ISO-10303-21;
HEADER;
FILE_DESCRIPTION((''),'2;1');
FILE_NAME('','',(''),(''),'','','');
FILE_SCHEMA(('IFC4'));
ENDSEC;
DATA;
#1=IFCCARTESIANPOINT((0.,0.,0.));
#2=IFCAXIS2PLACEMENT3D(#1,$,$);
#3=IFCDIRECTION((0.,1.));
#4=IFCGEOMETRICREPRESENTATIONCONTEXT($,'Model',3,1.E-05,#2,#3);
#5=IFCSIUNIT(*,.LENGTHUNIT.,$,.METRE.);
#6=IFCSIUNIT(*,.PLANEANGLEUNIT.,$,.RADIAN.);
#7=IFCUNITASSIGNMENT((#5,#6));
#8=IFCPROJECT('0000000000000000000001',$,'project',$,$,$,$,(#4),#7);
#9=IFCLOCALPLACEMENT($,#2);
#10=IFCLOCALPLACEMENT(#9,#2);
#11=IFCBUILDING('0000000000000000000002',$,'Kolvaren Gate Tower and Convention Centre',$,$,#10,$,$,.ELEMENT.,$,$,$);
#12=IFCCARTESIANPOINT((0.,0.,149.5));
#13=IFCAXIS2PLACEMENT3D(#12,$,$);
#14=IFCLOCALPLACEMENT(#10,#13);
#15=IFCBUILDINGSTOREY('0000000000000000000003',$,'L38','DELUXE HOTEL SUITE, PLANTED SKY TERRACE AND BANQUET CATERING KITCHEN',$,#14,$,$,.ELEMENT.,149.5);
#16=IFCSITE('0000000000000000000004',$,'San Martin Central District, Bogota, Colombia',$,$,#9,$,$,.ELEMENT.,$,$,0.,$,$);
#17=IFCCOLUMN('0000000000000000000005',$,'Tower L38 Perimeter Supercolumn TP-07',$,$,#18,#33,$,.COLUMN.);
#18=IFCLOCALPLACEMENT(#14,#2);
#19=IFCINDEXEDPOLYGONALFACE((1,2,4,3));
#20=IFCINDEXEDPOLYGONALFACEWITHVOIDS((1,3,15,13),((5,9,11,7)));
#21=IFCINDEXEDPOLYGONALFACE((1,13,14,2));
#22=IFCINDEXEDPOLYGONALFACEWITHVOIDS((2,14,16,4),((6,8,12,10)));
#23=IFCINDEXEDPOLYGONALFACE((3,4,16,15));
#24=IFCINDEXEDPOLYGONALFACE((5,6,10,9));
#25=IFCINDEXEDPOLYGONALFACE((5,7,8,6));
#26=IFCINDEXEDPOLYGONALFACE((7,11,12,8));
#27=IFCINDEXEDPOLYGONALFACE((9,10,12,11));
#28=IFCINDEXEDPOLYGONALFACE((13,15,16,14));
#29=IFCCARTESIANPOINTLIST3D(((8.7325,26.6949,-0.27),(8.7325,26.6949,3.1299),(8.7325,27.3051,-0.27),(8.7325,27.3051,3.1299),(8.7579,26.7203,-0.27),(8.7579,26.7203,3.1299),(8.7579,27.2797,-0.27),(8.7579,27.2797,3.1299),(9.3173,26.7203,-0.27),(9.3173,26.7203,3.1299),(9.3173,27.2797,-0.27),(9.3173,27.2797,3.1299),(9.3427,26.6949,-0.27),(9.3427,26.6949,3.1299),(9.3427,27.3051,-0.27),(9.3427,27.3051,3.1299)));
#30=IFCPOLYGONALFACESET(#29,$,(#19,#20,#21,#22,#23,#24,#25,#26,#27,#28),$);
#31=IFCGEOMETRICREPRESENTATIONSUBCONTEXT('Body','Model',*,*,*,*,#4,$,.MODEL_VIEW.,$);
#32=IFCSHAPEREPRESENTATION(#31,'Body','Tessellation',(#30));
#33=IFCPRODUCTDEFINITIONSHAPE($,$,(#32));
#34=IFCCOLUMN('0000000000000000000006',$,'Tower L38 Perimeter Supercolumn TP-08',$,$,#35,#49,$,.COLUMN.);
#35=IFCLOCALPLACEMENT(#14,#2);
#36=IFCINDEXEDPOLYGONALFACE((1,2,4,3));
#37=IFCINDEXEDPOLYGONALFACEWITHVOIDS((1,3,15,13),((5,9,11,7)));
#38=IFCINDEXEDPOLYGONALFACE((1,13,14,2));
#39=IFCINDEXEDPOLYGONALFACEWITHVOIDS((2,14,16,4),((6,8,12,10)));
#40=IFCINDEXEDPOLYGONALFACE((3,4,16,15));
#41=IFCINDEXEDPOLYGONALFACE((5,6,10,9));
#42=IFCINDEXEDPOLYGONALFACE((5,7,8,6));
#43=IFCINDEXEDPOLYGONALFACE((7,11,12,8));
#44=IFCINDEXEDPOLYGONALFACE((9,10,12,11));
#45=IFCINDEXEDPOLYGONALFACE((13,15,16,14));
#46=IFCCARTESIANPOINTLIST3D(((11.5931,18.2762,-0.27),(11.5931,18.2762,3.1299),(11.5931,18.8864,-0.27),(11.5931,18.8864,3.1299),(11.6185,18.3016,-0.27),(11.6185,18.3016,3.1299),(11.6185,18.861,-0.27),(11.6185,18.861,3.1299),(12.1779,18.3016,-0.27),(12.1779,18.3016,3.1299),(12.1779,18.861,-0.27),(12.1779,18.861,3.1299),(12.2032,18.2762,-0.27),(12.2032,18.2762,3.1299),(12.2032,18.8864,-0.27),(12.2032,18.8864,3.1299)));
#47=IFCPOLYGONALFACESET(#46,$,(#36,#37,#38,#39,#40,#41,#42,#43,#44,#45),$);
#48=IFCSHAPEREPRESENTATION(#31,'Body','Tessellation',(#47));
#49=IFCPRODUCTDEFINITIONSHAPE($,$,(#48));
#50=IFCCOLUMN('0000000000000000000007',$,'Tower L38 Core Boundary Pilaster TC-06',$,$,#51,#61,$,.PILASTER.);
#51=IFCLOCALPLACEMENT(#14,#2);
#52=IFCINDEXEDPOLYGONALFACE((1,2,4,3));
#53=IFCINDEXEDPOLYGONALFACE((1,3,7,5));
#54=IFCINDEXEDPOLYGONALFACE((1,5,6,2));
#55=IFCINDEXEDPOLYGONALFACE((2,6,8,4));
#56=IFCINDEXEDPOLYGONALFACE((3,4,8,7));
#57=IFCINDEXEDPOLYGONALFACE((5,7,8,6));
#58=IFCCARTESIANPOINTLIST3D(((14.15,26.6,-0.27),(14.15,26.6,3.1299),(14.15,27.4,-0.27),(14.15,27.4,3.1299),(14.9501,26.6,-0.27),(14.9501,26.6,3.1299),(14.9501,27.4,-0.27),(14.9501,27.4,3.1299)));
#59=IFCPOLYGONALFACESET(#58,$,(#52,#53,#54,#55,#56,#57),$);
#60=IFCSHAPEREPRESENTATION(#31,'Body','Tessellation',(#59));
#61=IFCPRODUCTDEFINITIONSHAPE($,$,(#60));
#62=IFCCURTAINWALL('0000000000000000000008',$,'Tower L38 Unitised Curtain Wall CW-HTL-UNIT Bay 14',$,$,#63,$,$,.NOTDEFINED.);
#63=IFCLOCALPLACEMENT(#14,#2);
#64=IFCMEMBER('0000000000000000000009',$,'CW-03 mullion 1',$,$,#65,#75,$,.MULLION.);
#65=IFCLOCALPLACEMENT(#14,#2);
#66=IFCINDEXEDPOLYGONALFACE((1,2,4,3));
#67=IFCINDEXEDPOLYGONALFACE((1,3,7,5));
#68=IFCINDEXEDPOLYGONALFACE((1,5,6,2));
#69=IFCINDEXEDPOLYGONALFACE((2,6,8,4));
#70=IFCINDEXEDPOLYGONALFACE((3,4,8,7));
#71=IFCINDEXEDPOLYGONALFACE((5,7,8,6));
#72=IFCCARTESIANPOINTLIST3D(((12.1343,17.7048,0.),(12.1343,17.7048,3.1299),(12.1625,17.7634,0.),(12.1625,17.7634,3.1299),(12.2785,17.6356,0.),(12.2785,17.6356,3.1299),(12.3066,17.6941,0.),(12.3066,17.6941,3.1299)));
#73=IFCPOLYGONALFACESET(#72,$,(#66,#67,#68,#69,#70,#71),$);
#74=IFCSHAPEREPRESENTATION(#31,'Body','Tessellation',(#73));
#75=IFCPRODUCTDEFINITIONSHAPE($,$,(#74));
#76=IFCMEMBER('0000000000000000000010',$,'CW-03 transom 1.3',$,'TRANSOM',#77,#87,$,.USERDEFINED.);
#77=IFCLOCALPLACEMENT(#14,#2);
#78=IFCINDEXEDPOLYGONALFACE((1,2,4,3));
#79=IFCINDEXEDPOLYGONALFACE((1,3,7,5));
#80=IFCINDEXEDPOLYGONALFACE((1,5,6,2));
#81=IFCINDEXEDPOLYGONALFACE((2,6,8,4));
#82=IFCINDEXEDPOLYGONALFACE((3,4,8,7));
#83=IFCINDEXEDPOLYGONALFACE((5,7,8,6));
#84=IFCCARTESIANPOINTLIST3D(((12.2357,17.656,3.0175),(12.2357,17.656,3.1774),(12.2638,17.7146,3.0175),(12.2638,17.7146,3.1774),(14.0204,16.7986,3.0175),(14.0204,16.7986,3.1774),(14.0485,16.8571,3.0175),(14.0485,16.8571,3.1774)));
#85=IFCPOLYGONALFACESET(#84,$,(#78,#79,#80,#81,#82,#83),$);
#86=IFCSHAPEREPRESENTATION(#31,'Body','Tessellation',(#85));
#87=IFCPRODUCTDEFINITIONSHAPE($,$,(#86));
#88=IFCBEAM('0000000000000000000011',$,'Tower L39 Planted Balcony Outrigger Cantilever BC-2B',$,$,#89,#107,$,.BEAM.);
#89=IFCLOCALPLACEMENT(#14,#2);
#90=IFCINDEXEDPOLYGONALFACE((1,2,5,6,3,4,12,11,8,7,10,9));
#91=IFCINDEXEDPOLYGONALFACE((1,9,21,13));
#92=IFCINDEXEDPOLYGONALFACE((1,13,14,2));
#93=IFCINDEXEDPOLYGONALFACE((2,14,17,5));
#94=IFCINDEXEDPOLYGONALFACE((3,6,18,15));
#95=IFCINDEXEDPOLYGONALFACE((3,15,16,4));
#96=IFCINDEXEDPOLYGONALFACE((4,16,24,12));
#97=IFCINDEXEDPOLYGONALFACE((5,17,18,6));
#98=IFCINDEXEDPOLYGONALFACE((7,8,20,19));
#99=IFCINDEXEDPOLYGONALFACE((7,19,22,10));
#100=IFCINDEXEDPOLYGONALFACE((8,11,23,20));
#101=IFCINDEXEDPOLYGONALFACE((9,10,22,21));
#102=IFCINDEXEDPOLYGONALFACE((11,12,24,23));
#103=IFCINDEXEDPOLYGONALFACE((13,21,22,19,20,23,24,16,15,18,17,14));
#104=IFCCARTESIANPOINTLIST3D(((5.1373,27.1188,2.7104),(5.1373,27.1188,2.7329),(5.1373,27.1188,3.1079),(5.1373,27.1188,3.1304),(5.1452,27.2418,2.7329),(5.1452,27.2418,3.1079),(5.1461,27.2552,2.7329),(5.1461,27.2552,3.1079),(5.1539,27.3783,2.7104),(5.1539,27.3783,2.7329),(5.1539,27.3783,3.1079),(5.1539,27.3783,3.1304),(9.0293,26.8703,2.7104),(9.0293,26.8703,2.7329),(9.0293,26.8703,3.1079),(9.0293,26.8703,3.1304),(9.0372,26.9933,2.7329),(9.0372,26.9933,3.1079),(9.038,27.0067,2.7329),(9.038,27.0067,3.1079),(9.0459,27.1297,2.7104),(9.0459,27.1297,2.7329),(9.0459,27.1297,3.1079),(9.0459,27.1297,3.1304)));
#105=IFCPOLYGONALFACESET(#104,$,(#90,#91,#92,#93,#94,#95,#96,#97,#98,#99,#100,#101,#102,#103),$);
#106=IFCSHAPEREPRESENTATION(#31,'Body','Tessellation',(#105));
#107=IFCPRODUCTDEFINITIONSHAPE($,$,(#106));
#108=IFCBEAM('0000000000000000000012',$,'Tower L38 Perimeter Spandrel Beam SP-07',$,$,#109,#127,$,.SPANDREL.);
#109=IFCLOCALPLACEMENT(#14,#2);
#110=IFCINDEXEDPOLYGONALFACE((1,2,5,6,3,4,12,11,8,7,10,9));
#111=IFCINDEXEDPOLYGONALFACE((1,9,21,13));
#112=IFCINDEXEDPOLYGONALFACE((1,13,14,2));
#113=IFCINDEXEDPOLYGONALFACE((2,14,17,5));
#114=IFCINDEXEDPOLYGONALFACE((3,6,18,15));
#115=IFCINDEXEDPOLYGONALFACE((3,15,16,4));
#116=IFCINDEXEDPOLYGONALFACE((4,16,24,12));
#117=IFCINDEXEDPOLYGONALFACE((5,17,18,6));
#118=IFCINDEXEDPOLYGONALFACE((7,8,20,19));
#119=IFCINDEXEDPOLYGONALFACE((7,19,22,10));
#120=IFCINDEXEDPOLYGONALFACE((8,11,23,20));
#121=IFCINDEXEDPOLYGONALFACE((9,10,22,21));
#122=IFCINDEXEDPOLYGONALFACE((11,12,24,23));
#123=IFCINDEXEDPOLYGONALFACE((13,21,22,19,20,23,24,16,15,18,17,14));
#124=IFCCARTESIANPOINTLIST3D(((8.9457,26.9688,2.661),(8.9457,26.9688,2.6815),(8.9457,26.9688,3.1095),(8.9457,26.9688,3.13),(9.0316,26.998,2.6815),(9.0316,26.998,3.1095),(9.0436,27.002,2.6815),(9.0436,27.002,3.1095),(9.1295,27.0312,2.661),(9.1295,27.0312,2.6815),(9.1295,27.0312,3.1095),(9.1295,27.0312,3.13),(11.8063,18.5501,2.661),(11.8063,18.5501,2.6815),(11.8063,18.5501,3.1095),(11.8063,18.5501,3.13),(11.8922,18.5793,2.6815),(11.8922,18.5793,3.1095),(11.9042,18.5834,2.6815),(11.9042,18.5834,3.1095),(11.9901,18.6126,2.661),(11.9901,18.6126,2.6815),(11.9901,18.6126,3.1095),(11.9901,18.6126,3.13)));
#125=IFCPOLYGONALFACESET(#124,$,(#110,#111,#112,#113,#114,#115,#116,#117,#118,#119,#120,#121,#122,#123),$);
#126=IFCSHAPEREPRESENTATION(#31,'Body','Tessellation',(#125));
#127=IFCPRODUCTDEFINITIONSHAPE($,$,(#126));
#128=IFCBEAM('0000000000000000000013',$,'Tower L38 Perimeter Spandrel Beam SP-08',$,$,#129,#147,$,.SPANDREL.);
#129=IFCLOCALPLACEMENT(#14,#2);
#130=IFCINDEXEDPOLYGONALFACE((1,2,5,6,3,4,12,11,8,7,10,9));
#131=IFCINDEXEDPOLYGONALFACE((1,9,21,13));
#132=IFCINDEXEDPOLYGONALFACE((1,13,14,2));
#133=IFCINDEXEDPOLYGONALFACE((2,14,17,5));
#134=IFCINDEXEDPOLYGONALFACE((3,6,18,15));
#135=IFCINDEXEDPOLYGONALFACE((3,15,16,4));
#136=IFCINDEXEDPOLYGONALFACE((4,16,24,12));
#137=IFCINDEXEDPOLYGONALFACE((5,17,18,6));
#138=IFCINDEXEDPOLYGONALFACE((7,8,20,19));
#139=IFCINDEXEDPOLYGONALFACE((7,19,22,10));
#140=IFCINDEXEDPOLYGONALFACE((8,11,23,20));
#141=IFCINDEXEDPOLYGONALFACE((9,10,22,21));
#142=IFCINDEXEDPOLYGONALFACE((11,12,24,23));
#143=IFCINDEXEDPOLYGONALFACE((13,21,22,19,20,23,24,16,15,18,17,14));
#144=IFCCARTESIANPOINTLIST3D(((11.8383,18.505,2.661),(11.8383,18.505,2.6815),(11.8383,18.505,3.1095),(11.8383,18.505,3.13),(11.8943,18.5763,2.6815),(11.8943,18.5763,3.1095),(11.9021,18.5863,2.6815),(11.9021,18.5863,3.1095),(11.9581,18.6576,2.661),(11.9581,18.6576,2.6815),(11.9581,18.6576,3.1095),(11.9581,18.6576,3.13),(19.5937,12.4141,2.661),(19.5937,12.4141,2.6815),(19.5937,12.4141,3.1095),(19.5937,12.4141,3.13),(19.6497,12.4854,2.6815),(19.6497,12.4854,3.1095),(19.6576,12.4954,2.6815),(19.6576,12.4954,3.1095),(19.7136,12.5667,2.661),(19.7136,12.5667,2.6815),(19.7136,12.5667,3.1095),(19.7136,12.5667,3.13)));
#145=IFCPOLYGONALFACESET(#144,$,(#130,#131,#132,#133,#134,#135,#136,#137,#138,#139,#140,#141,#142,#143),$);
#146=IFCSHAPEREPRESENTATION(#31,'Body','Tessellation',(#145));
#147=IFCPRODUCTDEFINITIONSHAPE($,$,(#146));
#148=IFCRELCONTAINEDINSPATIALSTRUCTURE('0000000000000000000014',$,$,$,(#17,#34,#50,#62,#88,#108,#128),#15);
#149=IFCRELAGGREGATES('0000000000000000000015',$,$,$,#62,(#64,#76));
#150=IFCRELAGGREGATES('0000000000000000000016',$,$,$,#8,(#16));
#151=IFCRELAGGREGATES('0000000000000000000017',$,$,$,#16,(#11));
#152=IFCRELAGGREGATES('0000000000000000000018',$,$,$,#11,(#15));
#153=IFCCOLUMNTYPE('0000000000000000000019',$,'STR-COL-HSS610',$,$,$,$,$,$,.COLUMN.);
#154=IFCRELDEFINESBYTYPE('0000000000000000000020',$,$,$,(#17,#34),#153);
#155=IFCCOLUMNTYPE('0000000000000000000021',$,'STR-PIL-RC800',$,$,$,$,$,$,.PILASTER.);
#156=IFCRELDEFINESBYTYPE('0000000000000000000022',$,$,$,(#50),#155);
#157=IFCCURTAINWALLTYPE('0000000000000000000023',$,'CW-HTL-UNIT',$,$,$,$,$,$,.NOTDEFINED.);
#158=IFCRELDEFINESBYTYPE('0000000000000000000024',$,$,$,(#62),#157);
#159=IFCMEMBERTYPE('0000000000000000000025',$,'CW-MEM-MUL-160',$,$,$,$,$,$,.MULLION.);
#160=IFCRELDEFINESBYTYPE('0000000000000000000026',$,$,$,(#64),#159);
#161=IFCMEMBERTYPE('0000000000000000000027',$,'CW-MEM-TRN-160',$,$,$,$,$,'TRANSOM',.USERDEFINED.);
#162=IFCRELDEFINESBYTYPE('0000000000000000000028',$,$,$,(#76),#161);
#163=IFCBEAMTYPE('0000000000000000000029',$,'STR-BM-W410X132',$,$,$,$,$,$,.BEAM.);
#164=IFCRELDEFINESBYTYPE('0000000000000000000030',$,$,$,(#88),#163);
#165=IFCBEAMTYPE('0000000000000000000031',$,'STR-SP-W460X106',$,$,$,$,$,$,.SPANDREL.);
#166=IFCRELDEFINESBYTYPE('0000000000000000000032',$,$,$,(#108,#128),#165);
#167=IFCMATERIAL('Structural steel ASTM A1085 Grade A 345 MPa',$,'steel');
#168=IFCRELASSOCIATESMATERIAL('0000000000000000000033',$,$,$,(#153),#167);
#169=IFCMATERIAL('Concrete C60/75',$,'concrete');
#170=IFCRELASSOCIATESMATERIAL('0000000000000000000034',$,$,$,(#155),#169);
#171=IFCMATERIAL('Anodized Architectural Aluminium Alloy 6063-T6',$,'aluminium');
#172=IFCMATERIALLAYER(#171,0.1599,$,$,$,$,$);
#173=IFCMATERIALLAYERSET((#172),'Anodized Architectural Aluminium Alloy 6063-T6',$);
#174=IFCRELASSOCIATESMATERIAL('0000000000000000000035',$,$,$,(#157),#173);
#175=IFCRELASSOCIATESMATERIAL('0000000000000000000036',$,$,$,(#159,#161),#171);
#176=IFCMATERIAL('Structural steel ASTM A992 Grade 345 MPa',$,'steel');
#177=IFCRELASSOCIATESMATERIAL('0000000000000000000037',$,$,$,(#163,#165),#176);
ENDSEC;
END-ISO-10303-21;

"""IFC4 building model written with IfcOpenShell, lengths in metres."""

from ifc_helpers import new_model, si_unit, direction, frame, origin, origin_2d, place, context, subcontext, project, spatial, rectangle, hollow_rectangle, i_section, extrude, material, layer, layer_set, material_profile, profile_set, type_object, element, aggregate, save


model = new_model("IFC4")

# Units and contexts
model_context = context("Model", 3, precision=1e-05, world=origin(), true_north=direction((0.0, 1.0)))
body_context = subcontext(model_context, "Body", "Model", "MODEL_VIEW")
ifc_project = project(units=[si_unit("LENGTHUNIT", "METRE"), si_unit("PLANEANGLEUNIT", "RADIAN")], contexts=[model_context])

# Site, building, storey
site_placement = place(None, origin())
site = spatial("IfcSite", under=ifc_project, at=site_placement, Name="San Martin Central District, Bogota, Colombia", CompositionType="ELEMENT", RefElevation=0.0)
building_placement = place(site_placement, origin())
building = spatial("IfcBuilding", under=site, at=building_placement, Name="Kolvaren Gate Tower and Convention Centre", CompositionType="ELEMENT")
storey_placement = place(building_placement, frame((0.0, 0.0, 149.5)))
storey = spatial("IfcBuildingStorey", under=building, at=storey_placement, Name="L38", Description="DELUXE HOTEL SUITE, PLANTED SKY TERRACE AND BANQUET CATERING KITCHEN", CompositionType="ELEMENT", Elevation=149.5)

# Columns
ifc_material_1 = material(Name="Structural steel ASTM A1085 Grade A 345 MPa", Category="steel")
ifc_material_profile_1 = material_profile(ifc_material_1, hollow_rectangle(XDim=0.6101, YDim=0.6101, WallThickness=0.0254, at=origin_2d()), Name="HSS610X610X25.4")
ifc_profile_set_1 = profile_set([ifc_material_profile_1], Name="Structural steel ASTM A1085 Grade A 345 MPa")
column_type_1 = type_object("IfcColumnType", Name="STR-COL-HSS610", PredefinedType="COLUMN", material=ifc_profile_set_1)
for number, where, z_axis, x_axis, name in (
    (1, (9.0376, 27.0, -0.27), (0.0, 0.0, 1.0), (1.0, 0.0, 0.0), "Tower L38 Perimeter Supercolumn TP-07"),
    (2, (11.8982, 18.5813, -0.27), (0.0, 0.0, 1.0), (1.0, 0.0, 0.0), "Tower L38 Perimeter Supercolumn TP-08"),
):
    element("IfcColumn", number, at=place(storey_placement, frame(where, z_axis=z_axis, x_axis=x_axis)), inside=storey, type_object=column_type_1, Name=name, PredefinedType="COLUMN", context=body_context, shape_type="SweptSolid", body=[
        extrude(hollow_rectangle(XDim=0.6101, YDim=0.6101, WallThickness=0.0254, at=origin_2d()), origin(), (0.0, 0.0, 1.0), 3.3999),
    ])
ifc_material_2 = material(Name="Concrete C60/75", Category="concrete")
ifc_material_profile_2 = material_profile(ifc_material_2, rectangle(XDim=0.8, YDim=0.8, at=origin_2d()), Name="RC-COL-800X800")
ifc_profile_set_2 = profile_set([ifc_material_profile_2], Name="Concrete C60/75")
column_type_2 = type_object("IfcColumnType", Name="STR-PIL-RC800", PredefinedType="PILASTER", material=ifc_profile_set_2)
column_placement = place(storey_placement, frame((14.55, 27.0, -0.27), z_axis=(0.0, 0.0, 1.0), x_axis=(1.0, 0.0, 0.0)))
element("IfcColumn", 3, at=column_placement, inside=storey, type_object=column_type_2, Name="Tower L38 Core Boundary Pilaster TC-06", PredefinedType="PILASTER", context=body_context, shape_type="SweptSolid", body=[
    extrude(rectangle(XDim=0.8, YDim=0.8, at=origin_2d()), origin(), (0.0, 0.0, 1.0), 3.3999),
])

# Curtain wall, members
ifc_material_3 = material(Name="Anodized Architectural Aluminium Alloy 6063-T6", Category="aluminium")
ifc_layer_1 = layer(ifc_material_3, 0.1599)
ifc_layer_set_1 = layer_set([ifc_layer_1], Name="Anodized Architectural Aluminium Alloy 6063-T6")
curtain_wall_type = type_object("IfcCurtainWallType", Name="CW-HTL-UNIT", PredefinedType="NOTDEFINED", material=ifc_layer_set_1)
curtain_wall_placement = place(storey_placement, origin())
curtain_wall = element("IfcCurtainWall", 4, at=curtain_wall_placement, inside=storey, type_object=curtain_wall_type, Name="Tower L38 Unitised Curtain Wall CW-HTL-UNIT Bay 14", PredefinedType="NOTDEFINED")
ifc_material_profile_3 = material_profile(ifc_material_3, rectangle(XDim=0.0649, YDim=0.1599, at=origin_2d()), Name="CW-MEM-MUL-160")
ifc_profile_set_3 = profile_set([ifc_material_profile_3], Name="Anodized Architectural Aluminium Alloy 6063-T6")
member_type_1 = type_object("IfcMemberType", Name="CW-MEM-MUL-160", PredefinedType="MULLION", material=ifc_profile_set_3)
member_1_placement = place(storey_placement, frame((12.2205, 17.6995, 0.0), z_axis=(0.0, 0.0, 1.0), x_axis=(0.433065, 0.901363, 0.0)))
member_1 = element("IfcMember", 5, at=member_1_placement, type_object=member_type_1, Name="CW-03 mullion 1", PredefinedType="MULLION", context=body_context, shape_type="SweptSolid", body=[
    extrude(rectangle(XDim=0.0649, YDim=0.1599, at=origin_2d()), origin(), (0.0, 0.0, 1.0), 3.1299),
])
ifc_material_profile_4 = material_profile(ifc_material_3, rectangle(XDim=0.0649, YDim=0.1599, at=origin_2d()), Name="CW-MEM-TRN-160")
ifc_profile_set_4 = profile_set([ifc_material_profile_4], Name="Anodized Architectural Aluminium Alloy 6063-T6")
member_type_2 = type_object("IfcMemberType", Name="CW-MEM-TRN-160", ElementType="TRANSOM", PredefinedType="USERDEFINED", material=ifc_profile_set_4)
member_2_placement = place(storey_placement, frame((12.2498, 17.6853, 3.0974), z_axis=(0.901369, -0.433052, 0.0), x_axis=(0.433052, 0.901369, 0.0)))
member_2 = element("IfcMember", 6, at=member_2_placement, type_object=member_type_2, Name="CW-03 transom 1.3", ObjectType="TRANSOM", PredefinedType="USERDEFINED", context=body_context, shape_type="SweptSolid", body=[
    extrude(rectangle(XDim=0.0649, YDim=0.1599, at=origin_2d()), origin(), (0.0, 0.0, 1.0), 1.98),
])
aggregate(curtain_wall, [member_1, member_2])

# Beams
ifc_material_4 = material(Name="Structural steel ASTM A992 Grade 345 MPa", Category="steel")
ifc_material_profile_5 = material_profile(ifc_material_4, i_section(OverallWidth=0.26, OverallDepth=0.4199, WebThickness=0.0134, FlangeThickness=0.0225, at=origin_2d()), Name="W410X132")
ifc_profile_set_5 = profile_set([ifc_material_profile_5], Name="Structural steel ASTM A992 Grade 345 MPa")
beam_type_1 = type_object("IfcBeamType", Name="STR-BM-W410X132", PredefinedType="BEAM", material=ifc_profile_set_5)
beam_1_placement = place(storey_placement, frame((9.0376, 27.0, 2.9204), z_axis=(-0.997967, 0.063727, 0.0), x_axis=(-0.063727, -0.997967, 0.0)))
element("IfcBeam", 7, at=beam_1_placement, inside=storey, type_object=beam_type_1, Name="Tower L39 Planted Balcony Outrigger Cantilever BC-2B", PredefinedType="BEAM", context=body_context, shape_type="SweptSolid", body=[
    extrude(i_section(OverallWidth=0.26, OverallDepth=0.4199, WebThickness=0.0134, FlangeThickness=0.0225, at=origin_2d()), origin(), (0.0, 0.0, 1.0), 3.8999),
])
ifc_material_profile_6 = material_profile(ifc_material_4, i_section(OverallWidth=0.1941, OverallDepth=0.469, WebThickness=0.0127, FlangeThickness=0.0205, at=origin_2d()), Name="W460X106")
ifc_profile_set_6 = profile_set([ifc_material_profile_6], Name="Structural steel ASTM A992 Grade 345 MPa")
beam_type_2 = type_object("IfcBeamType", Name="STR-SP-W460X106", PredefinedType="SPANDREL", material=ifc_profile_set_6)
beam_2_placement = place(storey_placement, frame((9.0376, 27.0, 2.8955), z_axis=(0.321725, -0.946833, 0.0), x_axis=(0.946833, 0.321725, 0.0)))
element("IfcBeam", 8, at=beam_2_placement, inside=storey, type_object=beam_type_2, Name="Tower L38 Perimeter Spandrel Beam SP-07", PredefinedType="SPANDREL", context=body_context, shape_type="SweptSolid", body=[
    extrude(i_section(OverallWidth=0.1941, OverallDepth=0.469, WebThickness=0.0127, FlangeThickness=0.0205, at=origin_2d()), origin(), (0.0, 0.0, 1.0), 8.8914),
])
beam_3_placement = place(storey_placement, frame((11.8982, 18.5813, 2.8955), z_axis=(0.786451, -0.617653, 0.0), x_axis=(0.617653, 0.786451, 0.0)))
element("IfcBeam", 9, at=beam_3_placement, inside=storey, type_object=beam_type_2, Name="Tower L38 Perimeter Spandrel Beam SP-08", PredefinedType="SPANDREL", context=body_context, shape_type="SweptSolid", body=[
    extrude(i_section(OverallWidth=0.1941, OverallDepth=0.469, WebThickness=0.0127, FlangeThickness=0.0205, at=origin_2d()), origin(), (0.0, 0.0, 1.0), 9.8613),
])

save(model, "model.ifc")
